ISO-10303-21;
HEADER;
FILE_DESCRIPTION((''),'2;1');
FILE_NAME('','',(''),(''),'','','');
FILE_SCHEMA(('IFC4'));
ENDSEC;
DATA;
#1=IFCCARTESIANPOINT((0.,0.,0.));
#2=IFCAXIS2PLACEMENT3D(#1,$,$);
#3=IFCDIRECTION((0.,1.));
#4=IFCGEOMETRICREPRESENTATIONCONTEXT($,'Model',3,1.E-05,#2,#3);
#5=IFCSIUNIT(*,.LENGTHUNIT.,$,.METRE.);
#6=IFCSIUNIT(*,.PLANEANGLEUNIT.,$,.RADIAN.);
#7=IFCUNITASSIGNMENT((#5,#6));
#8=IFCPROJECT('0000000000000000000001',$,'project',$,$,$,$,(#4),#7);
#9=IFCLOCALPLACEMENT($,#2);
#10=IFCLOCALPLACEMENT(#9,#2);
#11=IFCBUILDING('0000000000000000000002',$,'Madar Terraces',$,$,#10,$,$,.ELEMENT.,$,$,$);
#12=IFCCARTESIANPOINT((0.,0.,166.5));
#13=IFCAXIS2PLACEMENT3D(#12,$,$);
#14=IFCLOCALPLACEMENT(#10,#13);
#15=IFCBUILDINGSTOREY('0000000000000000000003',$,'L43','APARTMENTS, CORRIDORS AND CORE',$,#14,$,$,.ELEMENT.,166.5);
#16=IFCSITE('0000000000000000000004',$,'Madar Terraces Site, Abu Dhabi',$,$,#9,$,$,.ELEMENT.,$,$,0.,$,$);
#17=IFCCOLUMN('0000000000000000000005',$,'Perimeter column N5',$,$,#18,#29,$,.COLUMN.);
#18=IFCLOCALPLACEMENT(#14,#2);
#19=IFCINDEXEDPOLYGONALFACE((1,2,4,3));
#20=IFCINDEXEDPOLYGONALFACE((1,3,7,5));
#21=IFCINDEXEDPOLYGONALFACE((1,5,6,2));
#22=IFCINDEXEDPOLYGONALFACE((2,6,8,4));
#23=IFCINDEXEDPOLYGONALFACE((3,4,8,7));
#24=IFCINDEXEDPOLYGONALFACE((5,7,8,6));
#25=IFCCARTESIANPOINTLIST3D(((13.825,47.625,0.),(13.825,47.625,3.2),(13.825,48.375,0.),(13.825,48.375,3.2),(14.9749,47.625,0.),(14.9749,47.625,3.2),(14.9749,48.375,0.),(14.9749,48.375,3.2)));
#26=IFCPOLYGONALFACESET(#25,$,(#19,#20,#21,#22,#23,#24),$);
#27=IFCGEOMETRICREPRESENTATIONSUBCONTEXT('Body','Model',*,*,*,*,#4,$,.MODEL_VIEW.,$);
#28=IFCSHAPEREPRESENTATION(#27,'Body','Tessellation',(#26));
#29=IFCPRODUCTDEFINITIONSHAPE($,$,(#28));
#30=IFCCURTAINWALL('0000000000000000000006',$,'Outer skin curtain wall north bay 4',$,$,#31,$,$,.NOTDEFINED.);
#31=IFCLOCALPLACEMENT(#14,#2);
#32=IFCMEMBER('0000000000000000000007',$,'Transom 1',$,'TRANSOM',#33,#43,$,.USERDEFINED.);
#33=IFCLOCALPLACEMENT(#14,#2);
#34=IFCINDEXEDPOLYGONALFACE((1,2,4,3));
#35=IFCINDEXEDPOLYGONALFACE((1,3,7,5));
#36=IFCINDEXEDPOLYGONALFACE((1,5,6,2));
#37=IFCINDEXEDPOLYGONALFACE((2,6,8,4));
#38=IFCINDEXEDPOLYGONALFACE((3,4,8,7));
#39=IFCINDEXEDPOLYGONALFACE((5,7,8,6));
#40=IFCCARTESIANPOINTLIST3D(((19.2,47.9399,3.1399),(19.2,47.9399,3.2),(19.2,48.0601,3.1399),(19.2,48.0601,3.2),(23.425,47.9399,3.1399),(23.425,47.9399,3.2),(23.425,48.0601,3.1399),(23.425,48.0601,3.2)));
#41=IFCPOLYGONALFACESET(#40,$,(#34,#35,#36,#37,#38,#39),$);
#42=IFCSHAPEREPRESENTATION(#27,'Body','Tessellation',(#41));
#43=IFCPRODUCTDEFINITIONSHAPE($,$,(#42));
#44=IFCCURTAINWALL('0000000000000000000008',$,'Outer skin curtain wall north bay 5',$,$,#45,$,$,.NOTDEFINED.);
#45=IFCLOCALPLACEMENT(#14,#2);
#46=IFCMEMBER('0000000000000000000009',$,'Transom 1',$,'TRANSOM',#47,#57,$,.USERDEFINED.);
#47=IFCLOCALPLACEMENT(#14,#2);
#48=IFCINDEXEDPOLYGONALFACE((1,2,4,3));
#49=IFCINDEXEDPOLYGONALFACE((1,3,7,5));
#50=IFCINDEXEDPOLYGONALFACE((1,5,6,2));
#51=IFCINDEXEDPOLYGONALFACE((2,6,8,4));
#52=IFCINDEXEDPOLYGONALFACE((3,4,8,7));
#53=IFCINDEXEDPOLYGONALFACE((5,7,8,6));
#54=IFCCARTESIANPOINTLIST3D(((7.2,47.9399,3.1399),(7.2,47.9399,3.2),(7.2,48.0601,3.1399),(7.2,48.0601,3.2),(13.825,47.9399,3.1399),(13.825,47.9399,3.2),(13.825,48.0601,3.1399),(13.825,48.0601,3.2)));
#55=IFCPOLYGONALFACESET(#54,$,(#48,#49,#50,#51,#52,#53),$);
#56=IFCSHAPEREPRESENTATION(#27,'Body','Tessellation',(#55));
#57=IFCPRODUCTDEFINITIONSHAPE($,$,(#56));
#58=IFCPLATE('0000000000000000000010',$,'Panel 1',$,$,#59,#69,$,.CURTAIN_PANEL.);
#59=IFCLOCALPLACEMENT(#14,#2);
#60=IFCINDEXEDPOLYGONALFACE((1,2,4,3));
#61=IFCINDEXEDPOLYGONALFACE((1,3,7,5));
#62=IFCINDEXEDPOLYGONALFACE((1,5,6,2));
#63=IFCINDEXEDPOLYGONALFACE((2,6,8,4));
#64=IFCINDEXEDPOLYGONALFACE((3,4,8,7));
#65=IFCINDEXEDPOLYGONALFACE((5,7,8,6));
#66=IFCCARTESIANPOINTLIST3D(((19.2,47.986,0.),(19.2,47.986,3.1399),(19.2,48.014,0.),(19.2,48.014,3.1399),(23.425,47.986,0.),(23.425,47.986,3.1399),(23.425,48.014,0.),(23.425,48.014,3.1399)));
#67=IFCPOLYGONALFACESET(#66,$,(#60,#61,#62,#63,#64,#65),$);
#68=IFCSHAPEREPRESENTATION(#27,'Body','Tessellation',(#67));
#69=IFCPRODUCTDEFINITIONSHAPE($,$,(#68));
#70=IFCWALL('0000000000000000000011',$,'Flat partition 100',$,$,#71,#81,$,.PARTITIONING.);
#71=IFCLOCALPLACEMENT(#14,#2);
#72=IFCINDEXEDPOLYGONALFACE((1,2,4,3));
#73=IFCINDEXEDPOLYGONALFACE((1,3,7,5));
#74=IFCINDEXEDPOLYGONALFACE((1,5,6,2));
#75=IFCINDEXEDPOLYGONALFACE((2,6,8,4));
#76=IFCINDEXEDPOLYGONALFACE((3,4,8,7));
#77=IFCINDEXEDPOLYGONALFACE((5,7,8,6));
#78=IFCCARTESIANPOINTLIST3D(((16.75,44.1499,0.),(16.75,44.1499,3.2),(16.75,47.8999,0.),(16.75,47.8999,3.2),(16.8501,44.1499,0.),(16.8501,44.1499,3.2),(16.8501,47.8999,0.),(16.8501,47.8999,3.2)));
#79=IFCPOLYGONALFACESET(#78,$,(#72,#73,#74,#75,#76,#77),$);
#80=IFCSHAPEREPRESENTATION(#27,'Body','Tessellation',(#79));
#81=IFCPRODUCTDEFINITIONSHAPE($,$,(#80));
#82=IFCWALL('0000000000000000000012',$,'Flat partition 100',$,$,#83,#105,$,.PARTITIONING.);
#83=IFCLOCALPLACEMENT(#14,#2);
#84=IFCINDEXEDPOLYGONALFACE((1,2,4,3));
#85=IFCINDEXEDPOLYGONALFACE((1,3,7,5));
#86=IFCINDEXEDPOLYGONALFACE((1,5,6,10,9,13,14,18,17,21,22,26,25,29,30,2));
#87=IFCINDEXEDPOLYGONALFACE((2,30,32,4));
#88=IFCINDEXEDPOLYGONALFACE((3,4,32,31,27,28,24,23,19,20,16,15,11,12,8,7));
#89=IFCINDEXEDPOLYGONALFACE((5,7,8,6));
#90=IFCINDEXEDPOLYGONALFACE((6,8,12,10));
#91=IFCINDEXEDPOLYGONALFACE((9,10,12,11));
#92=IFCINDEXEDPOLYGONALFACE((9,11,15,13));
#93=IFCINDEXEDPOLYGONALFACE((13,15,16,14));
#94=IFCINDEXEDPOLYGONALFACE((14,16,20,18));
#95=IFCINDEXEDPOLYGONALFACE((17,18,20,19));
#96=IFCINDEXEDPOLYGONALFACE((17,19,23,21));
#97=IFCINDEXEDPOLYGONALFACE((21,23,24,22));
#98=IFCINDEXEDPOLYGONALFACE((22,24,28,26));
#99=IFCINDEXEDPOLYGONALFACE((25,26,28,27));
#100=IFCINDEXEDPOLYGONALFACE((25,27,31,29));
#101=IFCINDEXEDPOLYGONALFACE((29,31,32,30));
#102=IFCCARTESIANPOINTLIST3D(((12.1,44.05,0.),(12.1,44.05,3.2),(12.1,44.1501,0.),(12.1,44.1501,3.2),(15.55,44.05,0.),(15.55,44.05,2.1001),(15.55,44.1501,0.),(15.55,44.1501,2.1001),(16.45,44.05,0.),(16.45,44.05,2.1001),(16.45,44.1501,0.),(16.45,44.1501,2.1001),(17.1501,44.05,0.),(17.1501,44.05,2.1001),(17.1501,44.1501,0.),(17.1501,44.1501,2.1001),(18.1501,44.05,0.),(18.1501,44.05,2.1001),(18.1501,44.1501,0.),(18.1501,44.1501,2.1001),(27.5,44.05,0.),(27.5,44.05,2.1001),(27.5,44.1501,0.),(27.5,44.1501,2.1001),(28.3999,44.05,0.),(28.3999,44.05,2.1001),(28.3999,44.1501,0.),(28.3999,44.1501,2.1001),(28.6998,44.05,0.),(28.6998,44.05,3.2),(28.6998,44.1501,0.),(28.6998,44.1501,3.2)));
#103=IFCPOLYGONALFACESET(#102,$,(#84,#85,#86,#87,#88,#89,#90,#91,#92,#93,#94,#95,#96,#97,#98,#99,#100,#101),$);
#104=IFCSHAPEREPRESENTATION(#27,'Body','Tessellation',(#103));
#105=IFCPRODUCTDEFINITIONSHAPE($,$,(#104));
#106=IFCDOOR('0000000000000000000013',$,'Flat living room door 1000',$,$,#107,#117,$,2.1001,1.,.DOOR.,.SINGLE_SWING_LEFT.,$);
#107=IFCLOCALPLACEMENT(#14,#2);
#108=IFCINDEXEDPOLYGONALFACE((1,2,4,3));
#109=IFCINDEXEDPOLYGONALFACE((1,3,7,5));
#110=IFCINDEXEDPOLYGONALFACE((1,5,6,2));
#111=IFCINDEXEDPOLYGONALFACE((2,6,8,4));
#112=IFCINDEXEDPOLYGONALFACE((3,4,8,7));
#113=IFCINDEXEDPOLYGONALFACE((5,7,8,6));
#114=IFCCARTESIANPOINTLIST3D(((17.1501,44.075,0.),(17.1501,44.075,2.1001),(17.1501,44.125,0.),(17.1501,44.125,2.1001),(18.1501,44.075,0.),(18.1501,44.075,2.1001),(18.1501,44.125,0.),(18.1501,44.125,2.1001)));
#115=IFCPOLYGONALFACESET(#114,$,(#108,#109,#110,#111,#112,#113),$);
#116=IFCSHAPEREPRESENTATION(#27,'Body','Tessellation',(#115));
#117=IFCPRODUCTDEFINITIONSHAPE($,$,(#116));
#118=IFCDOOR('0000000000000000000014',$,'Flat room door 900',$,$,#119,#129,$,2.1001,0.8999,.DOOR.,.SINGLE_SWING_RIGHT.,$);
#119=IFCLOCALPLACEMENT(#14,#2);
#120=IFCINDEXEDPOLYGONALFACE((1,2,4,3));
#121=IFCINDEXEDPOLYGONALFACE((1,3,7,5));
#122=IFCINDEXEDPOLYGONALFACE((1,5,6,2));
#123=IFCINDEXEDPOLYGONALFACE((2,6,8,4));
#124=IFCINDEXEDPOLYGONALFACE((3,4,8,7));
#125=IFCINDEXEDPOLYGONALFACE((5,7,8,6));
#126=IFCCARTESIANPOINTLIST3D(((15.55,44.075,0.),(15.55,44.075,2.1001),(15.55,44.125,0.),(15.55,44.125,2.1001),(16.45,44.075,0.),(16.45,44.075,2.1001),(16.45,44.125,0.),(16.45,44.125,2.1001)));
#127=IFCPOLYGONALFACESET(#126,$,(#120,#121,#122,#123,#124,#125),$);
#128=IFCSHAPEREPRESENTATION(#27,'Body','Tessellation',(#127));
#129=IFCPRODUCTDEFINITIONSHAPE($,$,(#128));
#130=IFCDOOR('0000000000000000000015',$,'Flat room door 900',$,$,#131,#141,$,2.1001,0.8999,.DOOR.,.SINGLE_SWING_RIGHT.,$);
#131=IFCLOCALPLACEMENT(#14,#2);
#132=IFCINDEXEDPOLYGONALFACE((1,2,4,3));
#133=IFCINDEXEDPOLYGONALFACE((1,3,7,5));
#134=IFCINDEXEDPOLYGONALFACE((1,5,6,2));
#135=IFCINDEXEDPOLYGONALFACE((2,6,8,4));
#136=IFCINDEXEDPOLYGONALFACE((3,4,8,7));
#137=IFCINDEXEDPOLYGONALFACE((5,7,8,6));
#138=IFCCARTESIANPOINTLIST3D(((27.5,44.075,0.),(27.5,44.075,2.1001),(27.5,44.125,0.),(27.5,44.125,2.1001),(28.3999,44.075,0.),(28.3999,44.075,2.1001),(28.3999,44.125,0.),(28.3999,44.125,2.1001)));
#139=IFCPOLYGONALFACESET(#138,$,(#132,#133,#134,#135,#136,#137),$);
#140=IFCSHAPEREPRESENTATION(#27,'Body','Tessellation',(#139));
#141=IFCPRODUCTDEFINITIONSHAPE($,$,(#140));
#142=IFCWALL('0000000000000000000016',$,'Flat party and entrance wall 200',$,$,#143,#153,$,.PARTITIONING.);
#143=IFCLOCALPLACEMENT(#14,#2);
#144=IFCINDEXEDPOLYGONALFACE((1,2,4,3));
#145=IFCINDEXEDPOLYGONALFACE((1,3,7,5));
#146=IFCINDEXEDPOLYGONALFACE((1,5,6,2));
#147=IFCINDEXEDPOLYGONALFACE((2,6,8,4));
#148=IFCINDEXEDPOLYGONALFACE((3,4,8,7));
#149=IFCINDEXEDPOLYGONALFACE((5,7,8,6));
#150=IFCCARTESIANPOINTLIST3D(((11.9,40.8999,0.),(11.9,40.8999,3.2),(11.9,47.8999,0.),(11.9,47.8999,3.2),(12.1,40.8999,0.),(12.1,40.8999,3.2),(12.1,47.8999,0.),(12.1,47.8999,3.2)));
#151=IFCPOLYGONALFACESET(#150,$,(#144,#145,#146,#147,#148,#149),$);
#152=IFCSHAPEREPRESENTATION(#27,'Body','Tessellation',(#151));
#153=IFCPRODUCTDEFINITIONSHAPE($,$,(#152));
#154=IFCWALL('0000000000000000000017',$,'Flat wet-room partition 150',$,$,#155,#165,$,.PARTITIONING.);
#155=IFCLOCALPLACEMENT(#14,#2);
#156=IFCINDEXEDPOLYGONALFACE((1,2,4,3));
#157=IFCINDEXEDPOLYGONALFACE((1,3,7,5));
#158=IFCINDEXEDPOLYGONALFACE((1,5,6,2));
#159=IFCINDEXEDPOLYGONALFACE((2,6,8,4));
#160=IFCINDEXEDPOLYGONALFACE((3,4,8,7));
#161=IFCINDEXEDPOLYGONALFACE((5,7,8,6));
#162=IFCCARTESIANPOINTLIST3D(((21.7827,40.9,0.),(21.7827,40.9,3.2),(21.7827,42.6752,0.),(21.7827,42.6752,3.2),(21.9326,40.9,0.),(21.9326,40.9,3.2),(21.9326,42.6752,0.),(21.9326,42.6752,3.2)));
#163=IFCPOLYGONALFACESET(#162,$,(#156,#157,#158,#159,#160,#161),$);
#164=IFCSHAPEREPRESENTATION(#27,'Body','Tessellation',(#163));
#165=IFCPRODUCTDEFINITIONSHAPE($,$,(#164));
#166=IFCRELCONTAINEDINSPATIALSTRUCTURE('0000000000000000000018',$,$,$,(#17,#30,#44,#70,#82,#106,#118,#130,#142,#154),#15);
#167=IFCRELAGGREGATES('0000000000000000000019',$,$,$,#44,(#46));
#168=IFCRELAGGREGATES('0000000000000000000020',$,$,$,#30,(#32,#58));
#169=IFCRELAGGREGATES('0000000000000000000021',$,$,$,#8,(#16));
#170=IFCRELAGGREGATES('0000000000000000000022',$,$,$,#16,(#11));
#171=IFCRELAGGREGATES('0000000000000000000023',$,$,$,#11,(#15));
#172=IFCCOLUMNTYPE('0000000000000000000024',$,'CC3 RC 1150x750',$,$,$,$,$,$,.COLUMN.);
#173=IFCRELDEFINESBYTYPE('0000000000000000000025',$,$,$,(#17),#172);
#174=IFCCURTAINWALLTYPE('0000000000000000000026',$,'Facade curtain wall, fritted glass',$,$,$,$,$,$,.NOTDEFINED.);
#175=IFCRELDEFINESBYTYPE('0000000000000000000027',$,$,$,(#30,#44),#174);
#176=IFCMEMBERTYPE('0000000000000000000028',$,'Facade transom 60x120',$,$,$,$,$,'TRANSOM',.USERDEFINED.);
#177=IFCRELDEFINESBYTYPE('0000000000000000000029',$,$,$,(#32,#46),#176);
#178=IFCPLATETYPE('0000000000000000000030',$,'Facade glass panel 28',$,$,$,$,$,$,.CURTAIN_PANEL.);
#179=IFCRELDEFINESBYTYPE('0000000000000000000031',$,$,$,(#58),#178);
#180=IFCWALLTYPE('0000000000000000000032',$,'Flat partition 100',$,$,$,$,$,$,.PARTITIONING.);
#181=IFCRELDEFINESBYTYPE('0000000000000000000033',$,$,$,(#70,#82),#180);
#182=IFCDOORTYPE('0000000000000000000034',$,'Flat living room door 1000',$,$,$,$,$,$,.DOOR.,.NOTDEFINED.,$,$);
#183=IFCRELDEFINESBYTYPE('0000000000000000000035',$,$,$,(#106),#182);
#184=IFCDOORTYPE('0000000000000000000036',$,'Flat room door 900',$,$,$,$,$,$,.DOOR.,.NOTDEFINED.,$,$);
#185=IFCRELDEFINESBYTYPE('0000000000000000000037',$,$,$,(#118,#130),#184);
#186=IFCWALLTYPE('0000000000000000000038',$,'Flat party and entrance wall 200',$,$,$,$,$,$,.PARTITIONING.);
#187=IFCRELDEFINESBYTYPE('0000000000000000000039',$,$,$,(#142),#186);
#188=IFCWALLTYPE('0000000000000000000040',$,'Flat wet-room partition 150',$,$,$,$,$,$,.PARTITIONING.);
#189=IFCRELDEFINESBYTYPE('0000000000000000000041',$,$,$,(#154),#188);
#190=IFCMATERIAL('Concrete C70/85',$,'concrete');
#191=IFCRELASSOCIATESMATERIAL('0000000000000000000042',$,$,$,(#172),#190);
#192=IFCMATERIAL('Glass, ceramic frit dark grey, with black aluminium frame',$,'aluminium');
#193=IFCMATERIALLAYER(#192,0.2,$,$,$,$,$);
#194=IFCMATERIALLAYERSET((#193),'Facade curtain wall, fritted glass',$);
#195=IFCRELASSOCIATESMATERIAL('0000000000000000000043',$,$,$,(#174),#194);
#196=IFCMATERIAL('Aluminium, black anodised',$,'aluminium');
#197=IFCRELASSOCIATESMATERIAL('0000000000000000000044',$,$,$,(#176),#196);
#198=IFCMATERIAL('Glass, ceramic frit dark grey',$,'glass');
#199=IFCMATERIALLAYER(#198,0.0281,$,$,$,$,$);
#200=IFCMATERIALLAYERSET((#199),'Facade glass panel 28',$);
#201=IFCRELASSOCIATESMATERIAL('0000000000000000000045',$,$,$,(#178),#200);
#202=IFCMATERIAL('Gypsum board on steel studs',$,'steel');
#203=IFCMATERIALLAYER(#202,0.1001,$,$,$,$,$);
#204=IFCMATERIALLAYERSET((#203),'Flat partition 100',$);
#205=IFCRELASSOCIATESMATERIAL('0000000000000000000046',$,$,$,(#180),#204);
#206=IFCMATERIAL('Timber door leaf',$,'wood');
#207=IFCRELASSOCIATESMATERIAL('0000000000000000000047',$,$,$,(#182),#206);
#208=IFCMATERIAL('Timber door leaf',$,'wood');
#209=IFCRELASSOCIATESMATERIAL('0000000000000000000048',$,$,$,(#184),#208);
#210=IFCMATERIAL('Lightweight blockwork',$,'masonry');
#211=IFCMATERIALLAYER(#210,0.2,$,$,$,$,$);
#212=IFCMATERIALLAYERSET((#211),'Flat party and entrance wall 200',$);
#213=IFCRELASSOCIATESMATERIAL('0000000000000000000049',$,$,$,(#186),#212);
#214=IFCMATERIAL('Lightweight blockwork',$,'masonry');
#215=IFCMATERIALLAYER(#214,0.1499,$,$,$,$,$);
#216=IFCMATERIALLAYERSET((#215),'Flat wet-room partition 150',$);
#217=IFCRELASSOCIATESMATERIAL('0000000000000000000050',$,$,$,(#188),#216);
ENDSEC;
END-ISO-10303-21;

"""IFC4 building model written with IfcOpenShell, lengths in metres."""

from ifc_helpers import new_model, si_unit, direction, frame, frame_2d, origin, origin_2d, place, context, subcontext, project, spatial, rectangle, extrude, material, layer, layer_set, material_profile, profile_set, type_object, element, fill, aggregate, save


model = new_model("IFC4")

# Units and contexts
model_context = context("Model", 3, precision=1e-05, world=origin(), true_north=direction((0.0, 1.0)))
body_context = subcontext(model_context, "Body", "Model", "MODEL_VIEW")
ifc_project = project(units=[si_unit("LENGTHUNIT", "METRE"), si_unit("PLANEANGLEUNIT", "RADIAN")], contexts=[model_context])

# Site, building, storey
site_placement = place(None, origin())
site = spatial("IfcSite", under=ifc_project, at=site_placement, Name="Madar Terraces Site, Abu Dhabi", CompositionType="ELEMENT", RefElevation=0.0)
building_placement = place(site_placement, origin())
building = spatial("IfcBuilding", under=site, at=building_placement, Name="Madar Terraces", CompositionType="ELEMENT")
storey_placement = place(building_placement, frame((0.0, 0.0, 166.5)))
storey = spatial("IfcBuildingStorey", under=building, at=storey_placement, Name="L43", Description="APARTMENTS, CORRIDORS AND CORE", CompositionType="ELEMENT", Elevation=166.5)

# Column
ifc_material_1 = material(Name="Concrete C70/85", Category="concrete")
ifc_material_profile_1 = material_profile(ifc_material_1, rectangle(XDim=1.1499, YDim=0.75, at=origin_2d()), Name="CC3 RC 1150x750")
ifc_profile_set_1 = profile_set([ifc_material_profile_1], Name="Concrete C70/85")
column_type = type_object("IfcColumnType", Name="CC3 RC 1150x750", PredefinedType="COLUMN", material=ifc_profile_set_1)
column_placement = place(storey_placement, frame((14.3999, 48.0, 0.0), z_axis=(0.0, 0.0, 1.0), x_axis=(1.0, 0.0, 0.0)))
element("IfcColumn", 1, at=column_placement, inside=storey, type_object=column_type, Name="Perimeter column N5", PredefinedType="COLUMN", context=body_context, shape_type="SweptSolid", body=[
    extrude(rectangle(XDim=1.1499, YDim=0.75, at=origin_2d()), origin(), (0.0, 0.0, 1.0), 3.2),
])

# Curtain walls, members
ifc_material_2 = material(Name="Glass, ceramic frit dark grey, with black aluminium frame", Category="aluminium")
ifc_layer_1 = layer(ifc_material_2, 0.2)
ifc_layer_set_1 = layer_set([ifc_layer_1], Name="Facade curtain wall, fritted glass")
curtain_wall_type = type_object("IfcCurtainWallType", Name="Facade curtain wall, fritted glass", PredefinedType="NOTDEFINED", material=ifc_layer_set_1)
curtain_wall_1_placement = place(storey_placement, origin())
curtain_wall_1 = element("IfcCurtainWall", 2, at=curtain_wall_1_placement, inside=storey, type_object=curtain_wall_type, Name="Outer skin curtain wall north bay 4", PredefinedType="NOTDEFINED")
ifc_material_3 = material(Name="Aluminium, black anodised", Category="aluminium")
ifc_material_profile_2 = material_profile(ifc_material_3, rectangle(XDim=0.1201, YDim=0.0601, at=origin_2d()), Name="Facade transom 60x120")
ifc_profile_set_2 = profile_set([ifc_material_profile_2], Name="Aluminium, black anodised")
member_type = type_object("IfcMemberType", Name="Facade transom 60x120", ElementType="TRANSOM", PredefinedType="USERDEFINED", material=ifc_profile_set_2)
member_1_placement = place(storey_placement, frame((23.425, 48.0, 3.1699), z_axis=(-1.0, 0.0, 0.0), x_axis=(0.0, -1.0, 0.0)))
member_1 = element("IfcMember", 3, at=member_1_placement, type_object=member_type, Name="Transom 1", ObjectType="TRANSOM", PredefinedType="USERDEFINED", context=body_context, shape_type="SweptSolid", body=[
    extrude(rectangle(XDim=0.1201, YDim=0.0601, at=origin_2d()), origin(), (0.0, 0.0, 1.0), 4.2251),
])
curtain_wall_2_placement = place(storey_placement, origin())
curtain_wall_2 = element("IfcCurtainWall", 4, at=curtain_wall_2_placement, inside=storey, type_object=curtain_wall_type, Name="Outer skin curtain wall north bay 5", PredefinedType="NOTDEFINED")
member_2_placement = place(storey_placement, frame((13.825, 48.0, 3.1699), z_axis=(-1.0, 0.0, 0.0), x_axis=(0.0, -1.0, 0.0)))
member_2 = element("IfcMember", 5, at=member_2_placement, type_object=member_type, Name="Transom 1", ObjectType="TRANSOM", PredefinedType="USERDEFINED", context=body_context, shape_type="SweptSolid", body=[
    extrude(rectangle(XDim=0.1201, YDim=0.0601, at=origin_2d()), origin(), (0.0, 0.0, 1.0), 6.625),
])
aggregate(curtain_wall_2, [member_2])

# Plate
ifc_material_4 = material(Name="Glass, ceramic frit dark grey", Category="glass")
ifc_layer_2 = layer(ifc_material_4, 0.0281)
ifc_layer_set_2 = layer_set([ifc_layer_2], Name="Facade glass panel 28")
plate_type = type_object("IfcPlateType", Name="Facade glass panel 28", PredefinedType="CURTAIN_PANEL", material=ifc_layer_set_2)
plate_placement = place(storey_placement, frame((21.3125, 48.0, 0.0), z_axis=(0.0, 0.0, 1.0), x_axis=(-1.0, 0.0, 0.0)))
plate = element("IfcPlate", 6, at=plate_placement, type_object=plate_type, Name="Panel 1", PredefinedType="CURTAIN_PANEL", context=body_context, shape_type="SweptSolid", body=[
    extrude(rectangle(XDim=4.2251, YDim=0.0281, at=origin_2d()), origin(), (0.0, 0.0, 1.0), 3.1399),
])
aggregate(curtain_wall_1, [member_1, plate])

# Wall
ifc_material_5 = material(Name="Gypsum board on steel studs", Category="steel")
ifc_layer_3 = layer(ifc_material_5, 0.1001)
ifc_layer_set_3 = layer_set([ifc_layer_3], Name="Flat partition 100")
wall_type_1 = type_object("IfcWallType", Name="Flat partition 100", PredefinedType="PARTITIONING", material=ifc_layer_set_3)
wall_1_placement = place(storey_placement, frame((16.8, 44.1499, 0.0), z_axis=(0.0, 0.0, 1.0), x_axis=(0.0, 1.0, 0.0)))
element("IfcWall", 7, at=wall_1_placement, inside=storey, type_object=wall_type_1, Name="Flat partition 100", PredefinedType="PARTITIONING", context=body_context, shape_type="SweptSolid", body=[
    extrude(rectangle(XDim=3.75, YDim=0.1001, at=frame_2d((1.875, 0.0))), origin(), (0.0, 0.0, 1.0), 3.2),
])

# Wall, openings, doors
wall_2_placement = place(storey_placement, frame((12.1001, 44.1001, 0.0), z_axis=(0.0, 0.0, 1.0), x_axis=(1.0, 0.0, 0.0)))
wall_2 = element("IfcWall", 8, at=wall_2_placement, inside=storey, type_object=wall_type_1, Name="Flat partition 100", PredefinedType="PARTITIONING", context=body_context, shape_type="SweptSolid", body=[
    extrude(rectangle(XDim=16.5999, YDim=0.1001, at=frame_2d((8.2998, 0.0))), origin(), (0.0, 0.0, 1.0), 3.2),
])
opening_1_placement = place(wall_2_placement, frame((3.45, 0.0, 0.0)))
opening_1 = element("IfcOpeningElement", 9, at=opening_1_placement, cuts=wall_2, PredefinedType="OPENING", context=body_context, shape_type="SweptSolid", body=[
    extrude(rectangle(XDim=0.8999, YDim=2.1001, at=frame_2d((0.45, 1.05))), frame((0.0, 0.0601, 0.0), z_axis=(0.0, -1.0, 0.0), x_axis=(1.0, 0.0, 0.0)), (0.0, 0.0, 1.0), 0.1201),
])
opening_2_placement = place(wall_2_placement, frame((5.05, 0.0, 0.0)))
opening_2 = element("IfcOpeningElement", 10, at=opening_2_placement, cuts=wall_2, PredefinedType="OPENING", context=body_context, shape_type="SweptSolid", body=[
    extrude(rectangle(XDim=1.0, YDim=2.1001, at=frame_2d((0.5, 1.05))), frame((0.0, 0.0601, 0.0), z_axis=(0.0, -1.0, 0.0), x_axis=(1.0, 0.0, 0.0)), (0.0, 0.0, 1.0), 0.1201),
])
opening_3_placement = place(wall_2_placement, frame((15.3999, 0.0, 0.0)))
opening_3 = element("IfcOpeningElement", 11, at=opening_3_placement, cuts=wall_2, PredefinedType="OPENING", context=body_context, shape_type="SweptSolid", body=[
    extrude(rectangle(XDim=0.8999, YDim=2.1001, at=frame_2d((0.45, 1.05))), frame((0.0, 0.0601, 0.0), z_axis=(0.0, -1.0, 0.0), x_axis=(1.0, 0.0, 0.0)), (0.0, 0.0, 1.0), 0.1201),
])
ifc_material_6 = material(Name="Timber door leaf", Category="wood")
door_type_1 = type_object("IfcDoorType", Name="Flat living room door 1000", OperationType="NOTDEFINED", PredefinedType="DOOR", material=ifc_material_6)
door_1_placement = place(opening_2_placement, origin())
door_1 = element("IfcDoor", 12, at=door_1_placement, inside=storey, type_object=door_type_1, Name="Flat living room door 1000", OperationType="SINGLE_SWING_LEFT", OverallHeight=2.1001, OverallWidth=1.0, PredefinedType="DOOR", context=body_context, shape_type="SweptSolid", body=[
    extrude(rectangle(XDim=1.0, YDim=2.1001, at=frame_2d((0.5, 1.05))), frame((0.0, 0.0249, 0.0), z_axis=(0.0, -1.0, 0.0), x_axis=(1.0, 0.0, 0.0)), (0.0, 0.0, 1.0), 0.05),
])
fill(opening_2, door_1)
ifc_material_7 = material(Name="Timber door leaf", Category="wood")
door_type_2 = type_object("IfcDoorType", Name="Flat room door 900", OperationType="NOTDEFINED", PredefinedType="DOOR", material=ifc_material_7)
door_2_placement = place(opening_1_placement, origin())
door_2 = element("IfcDoor", 13, at=door_2_placement, inside=storey, type_object=door_type_2, Name="Flat room door 900", OperationType="SINGLE_SWING_RIGHT", OverallHeight=2.1001, OverallWidth=0.8999, PredefinedType="DOOR", context=body_context, shape_type="SweptSolid", body=[
    extrude(rectangle(XDim=0.8999, YDim=2.1001, at=frame_2d((0.45, 1.05))), frame((0.0, 0.0249, 0.0), z_axis=(0.0, -1.0, 0.0), x_axis=(1.0, 0.0, 0.0)), (0.0, 0.0, 1.0), 0.05),
])
fill(opening_1, door_2)
door_3_placement = place(opening_3_placement, origin())
door_3 = element("IfcDoor", 14, at=door_3_placement, inside=storey, type_object=door_type_2, Name="Flat room door 900", OperationType="SINGLE_SWING_RIGHT", OverallHeight=2.1001, OverallWidth=0.8999, PredefinedType="DOOR", context=body_context, shape_type="SweptSolid", body=[
    extrude(rectangle(XDim=0.8999, YDim=2.1001, at=frame_2d((0.45, 1.05))), frame((0.0, 0.0249, 0.0), z_axis=(0.0, -1.0, 0.0), x_axis=(1.0, 0.0, 0.0)), (0.0, 0.0, 1.0), 0.05),
])
fill(opening_3, door_3)

# Walls
ifc_material_8 = material(Name="Lightweight blockwork", Category="masonry")
ifc_layer_4 = layer(ifc_material_8, 0.2)
ifc_layer_set_4 = layer_set([ifc_layer_4], Name="Flat party and entrance wall 200")
wall_type_2 = type_object("IfcWallType", Name="Flat party and entrance wall 200", PredefinedType="PARTITIONING", material=ifc_layer_set_4)
wall_3_placement = place(storey_placement, frame((12.0, 47.8999, 0.0), z_axis=(0.0, 0.0, 1.0), x_axis=(0.0, -1.0, 0.0)))
element("IfcWall", 15, at=wall_3_placement, inside=storey, type_object=wall_type_2, Name="Flat party and entrance wall 200", PredefinedType="PARTITIONING", context=body_context, shape_type="SweptSolid", body=[
    extrude(rectangle(XDim=7.0, YDim=0.2, at=frame_2d((3.5, 0.0))), origin(), (0.0, 0.0, 1.0), 3.2),
])
ifc_material_9 = material(Name="Lightweight blockwork", Category="masonry")
ifc_layer_5 = layer(ifc_material_9, 0.1499)
ifc_layer_set_5 = layer_set([ifc_layer_5], Name="Flat wet-room partition 150")
wall_type_3 = type_object("IfcWallType", Name="Flat wet-room partition 150", PredefinedType="PARTITIONING", material=ifc_layer_set_5)
wall_4_placement = place(storey_placement, frame((21.8577, 40.8999, 0.0), z_axis=(0.0, 0.0, 1.0), x_axis=(0.0, 1.0, 0.0)))
element("IfcWall", 16, at=wall_4_placement, inside=storey, type_object=wall_type_3, Name="Flat wet-room partition 150", PredefinedType="PARTITIONING", context=body_context, shape_type="SweptSolid", body=[
    extrude(rectangle(XDim=1.7751, YDim=0.1499, at=frame_2d((0.8877, 0.0))), origin(), (0.0, 0.0, 1.0), 3.2),
])

save(model, "model.ifc")
